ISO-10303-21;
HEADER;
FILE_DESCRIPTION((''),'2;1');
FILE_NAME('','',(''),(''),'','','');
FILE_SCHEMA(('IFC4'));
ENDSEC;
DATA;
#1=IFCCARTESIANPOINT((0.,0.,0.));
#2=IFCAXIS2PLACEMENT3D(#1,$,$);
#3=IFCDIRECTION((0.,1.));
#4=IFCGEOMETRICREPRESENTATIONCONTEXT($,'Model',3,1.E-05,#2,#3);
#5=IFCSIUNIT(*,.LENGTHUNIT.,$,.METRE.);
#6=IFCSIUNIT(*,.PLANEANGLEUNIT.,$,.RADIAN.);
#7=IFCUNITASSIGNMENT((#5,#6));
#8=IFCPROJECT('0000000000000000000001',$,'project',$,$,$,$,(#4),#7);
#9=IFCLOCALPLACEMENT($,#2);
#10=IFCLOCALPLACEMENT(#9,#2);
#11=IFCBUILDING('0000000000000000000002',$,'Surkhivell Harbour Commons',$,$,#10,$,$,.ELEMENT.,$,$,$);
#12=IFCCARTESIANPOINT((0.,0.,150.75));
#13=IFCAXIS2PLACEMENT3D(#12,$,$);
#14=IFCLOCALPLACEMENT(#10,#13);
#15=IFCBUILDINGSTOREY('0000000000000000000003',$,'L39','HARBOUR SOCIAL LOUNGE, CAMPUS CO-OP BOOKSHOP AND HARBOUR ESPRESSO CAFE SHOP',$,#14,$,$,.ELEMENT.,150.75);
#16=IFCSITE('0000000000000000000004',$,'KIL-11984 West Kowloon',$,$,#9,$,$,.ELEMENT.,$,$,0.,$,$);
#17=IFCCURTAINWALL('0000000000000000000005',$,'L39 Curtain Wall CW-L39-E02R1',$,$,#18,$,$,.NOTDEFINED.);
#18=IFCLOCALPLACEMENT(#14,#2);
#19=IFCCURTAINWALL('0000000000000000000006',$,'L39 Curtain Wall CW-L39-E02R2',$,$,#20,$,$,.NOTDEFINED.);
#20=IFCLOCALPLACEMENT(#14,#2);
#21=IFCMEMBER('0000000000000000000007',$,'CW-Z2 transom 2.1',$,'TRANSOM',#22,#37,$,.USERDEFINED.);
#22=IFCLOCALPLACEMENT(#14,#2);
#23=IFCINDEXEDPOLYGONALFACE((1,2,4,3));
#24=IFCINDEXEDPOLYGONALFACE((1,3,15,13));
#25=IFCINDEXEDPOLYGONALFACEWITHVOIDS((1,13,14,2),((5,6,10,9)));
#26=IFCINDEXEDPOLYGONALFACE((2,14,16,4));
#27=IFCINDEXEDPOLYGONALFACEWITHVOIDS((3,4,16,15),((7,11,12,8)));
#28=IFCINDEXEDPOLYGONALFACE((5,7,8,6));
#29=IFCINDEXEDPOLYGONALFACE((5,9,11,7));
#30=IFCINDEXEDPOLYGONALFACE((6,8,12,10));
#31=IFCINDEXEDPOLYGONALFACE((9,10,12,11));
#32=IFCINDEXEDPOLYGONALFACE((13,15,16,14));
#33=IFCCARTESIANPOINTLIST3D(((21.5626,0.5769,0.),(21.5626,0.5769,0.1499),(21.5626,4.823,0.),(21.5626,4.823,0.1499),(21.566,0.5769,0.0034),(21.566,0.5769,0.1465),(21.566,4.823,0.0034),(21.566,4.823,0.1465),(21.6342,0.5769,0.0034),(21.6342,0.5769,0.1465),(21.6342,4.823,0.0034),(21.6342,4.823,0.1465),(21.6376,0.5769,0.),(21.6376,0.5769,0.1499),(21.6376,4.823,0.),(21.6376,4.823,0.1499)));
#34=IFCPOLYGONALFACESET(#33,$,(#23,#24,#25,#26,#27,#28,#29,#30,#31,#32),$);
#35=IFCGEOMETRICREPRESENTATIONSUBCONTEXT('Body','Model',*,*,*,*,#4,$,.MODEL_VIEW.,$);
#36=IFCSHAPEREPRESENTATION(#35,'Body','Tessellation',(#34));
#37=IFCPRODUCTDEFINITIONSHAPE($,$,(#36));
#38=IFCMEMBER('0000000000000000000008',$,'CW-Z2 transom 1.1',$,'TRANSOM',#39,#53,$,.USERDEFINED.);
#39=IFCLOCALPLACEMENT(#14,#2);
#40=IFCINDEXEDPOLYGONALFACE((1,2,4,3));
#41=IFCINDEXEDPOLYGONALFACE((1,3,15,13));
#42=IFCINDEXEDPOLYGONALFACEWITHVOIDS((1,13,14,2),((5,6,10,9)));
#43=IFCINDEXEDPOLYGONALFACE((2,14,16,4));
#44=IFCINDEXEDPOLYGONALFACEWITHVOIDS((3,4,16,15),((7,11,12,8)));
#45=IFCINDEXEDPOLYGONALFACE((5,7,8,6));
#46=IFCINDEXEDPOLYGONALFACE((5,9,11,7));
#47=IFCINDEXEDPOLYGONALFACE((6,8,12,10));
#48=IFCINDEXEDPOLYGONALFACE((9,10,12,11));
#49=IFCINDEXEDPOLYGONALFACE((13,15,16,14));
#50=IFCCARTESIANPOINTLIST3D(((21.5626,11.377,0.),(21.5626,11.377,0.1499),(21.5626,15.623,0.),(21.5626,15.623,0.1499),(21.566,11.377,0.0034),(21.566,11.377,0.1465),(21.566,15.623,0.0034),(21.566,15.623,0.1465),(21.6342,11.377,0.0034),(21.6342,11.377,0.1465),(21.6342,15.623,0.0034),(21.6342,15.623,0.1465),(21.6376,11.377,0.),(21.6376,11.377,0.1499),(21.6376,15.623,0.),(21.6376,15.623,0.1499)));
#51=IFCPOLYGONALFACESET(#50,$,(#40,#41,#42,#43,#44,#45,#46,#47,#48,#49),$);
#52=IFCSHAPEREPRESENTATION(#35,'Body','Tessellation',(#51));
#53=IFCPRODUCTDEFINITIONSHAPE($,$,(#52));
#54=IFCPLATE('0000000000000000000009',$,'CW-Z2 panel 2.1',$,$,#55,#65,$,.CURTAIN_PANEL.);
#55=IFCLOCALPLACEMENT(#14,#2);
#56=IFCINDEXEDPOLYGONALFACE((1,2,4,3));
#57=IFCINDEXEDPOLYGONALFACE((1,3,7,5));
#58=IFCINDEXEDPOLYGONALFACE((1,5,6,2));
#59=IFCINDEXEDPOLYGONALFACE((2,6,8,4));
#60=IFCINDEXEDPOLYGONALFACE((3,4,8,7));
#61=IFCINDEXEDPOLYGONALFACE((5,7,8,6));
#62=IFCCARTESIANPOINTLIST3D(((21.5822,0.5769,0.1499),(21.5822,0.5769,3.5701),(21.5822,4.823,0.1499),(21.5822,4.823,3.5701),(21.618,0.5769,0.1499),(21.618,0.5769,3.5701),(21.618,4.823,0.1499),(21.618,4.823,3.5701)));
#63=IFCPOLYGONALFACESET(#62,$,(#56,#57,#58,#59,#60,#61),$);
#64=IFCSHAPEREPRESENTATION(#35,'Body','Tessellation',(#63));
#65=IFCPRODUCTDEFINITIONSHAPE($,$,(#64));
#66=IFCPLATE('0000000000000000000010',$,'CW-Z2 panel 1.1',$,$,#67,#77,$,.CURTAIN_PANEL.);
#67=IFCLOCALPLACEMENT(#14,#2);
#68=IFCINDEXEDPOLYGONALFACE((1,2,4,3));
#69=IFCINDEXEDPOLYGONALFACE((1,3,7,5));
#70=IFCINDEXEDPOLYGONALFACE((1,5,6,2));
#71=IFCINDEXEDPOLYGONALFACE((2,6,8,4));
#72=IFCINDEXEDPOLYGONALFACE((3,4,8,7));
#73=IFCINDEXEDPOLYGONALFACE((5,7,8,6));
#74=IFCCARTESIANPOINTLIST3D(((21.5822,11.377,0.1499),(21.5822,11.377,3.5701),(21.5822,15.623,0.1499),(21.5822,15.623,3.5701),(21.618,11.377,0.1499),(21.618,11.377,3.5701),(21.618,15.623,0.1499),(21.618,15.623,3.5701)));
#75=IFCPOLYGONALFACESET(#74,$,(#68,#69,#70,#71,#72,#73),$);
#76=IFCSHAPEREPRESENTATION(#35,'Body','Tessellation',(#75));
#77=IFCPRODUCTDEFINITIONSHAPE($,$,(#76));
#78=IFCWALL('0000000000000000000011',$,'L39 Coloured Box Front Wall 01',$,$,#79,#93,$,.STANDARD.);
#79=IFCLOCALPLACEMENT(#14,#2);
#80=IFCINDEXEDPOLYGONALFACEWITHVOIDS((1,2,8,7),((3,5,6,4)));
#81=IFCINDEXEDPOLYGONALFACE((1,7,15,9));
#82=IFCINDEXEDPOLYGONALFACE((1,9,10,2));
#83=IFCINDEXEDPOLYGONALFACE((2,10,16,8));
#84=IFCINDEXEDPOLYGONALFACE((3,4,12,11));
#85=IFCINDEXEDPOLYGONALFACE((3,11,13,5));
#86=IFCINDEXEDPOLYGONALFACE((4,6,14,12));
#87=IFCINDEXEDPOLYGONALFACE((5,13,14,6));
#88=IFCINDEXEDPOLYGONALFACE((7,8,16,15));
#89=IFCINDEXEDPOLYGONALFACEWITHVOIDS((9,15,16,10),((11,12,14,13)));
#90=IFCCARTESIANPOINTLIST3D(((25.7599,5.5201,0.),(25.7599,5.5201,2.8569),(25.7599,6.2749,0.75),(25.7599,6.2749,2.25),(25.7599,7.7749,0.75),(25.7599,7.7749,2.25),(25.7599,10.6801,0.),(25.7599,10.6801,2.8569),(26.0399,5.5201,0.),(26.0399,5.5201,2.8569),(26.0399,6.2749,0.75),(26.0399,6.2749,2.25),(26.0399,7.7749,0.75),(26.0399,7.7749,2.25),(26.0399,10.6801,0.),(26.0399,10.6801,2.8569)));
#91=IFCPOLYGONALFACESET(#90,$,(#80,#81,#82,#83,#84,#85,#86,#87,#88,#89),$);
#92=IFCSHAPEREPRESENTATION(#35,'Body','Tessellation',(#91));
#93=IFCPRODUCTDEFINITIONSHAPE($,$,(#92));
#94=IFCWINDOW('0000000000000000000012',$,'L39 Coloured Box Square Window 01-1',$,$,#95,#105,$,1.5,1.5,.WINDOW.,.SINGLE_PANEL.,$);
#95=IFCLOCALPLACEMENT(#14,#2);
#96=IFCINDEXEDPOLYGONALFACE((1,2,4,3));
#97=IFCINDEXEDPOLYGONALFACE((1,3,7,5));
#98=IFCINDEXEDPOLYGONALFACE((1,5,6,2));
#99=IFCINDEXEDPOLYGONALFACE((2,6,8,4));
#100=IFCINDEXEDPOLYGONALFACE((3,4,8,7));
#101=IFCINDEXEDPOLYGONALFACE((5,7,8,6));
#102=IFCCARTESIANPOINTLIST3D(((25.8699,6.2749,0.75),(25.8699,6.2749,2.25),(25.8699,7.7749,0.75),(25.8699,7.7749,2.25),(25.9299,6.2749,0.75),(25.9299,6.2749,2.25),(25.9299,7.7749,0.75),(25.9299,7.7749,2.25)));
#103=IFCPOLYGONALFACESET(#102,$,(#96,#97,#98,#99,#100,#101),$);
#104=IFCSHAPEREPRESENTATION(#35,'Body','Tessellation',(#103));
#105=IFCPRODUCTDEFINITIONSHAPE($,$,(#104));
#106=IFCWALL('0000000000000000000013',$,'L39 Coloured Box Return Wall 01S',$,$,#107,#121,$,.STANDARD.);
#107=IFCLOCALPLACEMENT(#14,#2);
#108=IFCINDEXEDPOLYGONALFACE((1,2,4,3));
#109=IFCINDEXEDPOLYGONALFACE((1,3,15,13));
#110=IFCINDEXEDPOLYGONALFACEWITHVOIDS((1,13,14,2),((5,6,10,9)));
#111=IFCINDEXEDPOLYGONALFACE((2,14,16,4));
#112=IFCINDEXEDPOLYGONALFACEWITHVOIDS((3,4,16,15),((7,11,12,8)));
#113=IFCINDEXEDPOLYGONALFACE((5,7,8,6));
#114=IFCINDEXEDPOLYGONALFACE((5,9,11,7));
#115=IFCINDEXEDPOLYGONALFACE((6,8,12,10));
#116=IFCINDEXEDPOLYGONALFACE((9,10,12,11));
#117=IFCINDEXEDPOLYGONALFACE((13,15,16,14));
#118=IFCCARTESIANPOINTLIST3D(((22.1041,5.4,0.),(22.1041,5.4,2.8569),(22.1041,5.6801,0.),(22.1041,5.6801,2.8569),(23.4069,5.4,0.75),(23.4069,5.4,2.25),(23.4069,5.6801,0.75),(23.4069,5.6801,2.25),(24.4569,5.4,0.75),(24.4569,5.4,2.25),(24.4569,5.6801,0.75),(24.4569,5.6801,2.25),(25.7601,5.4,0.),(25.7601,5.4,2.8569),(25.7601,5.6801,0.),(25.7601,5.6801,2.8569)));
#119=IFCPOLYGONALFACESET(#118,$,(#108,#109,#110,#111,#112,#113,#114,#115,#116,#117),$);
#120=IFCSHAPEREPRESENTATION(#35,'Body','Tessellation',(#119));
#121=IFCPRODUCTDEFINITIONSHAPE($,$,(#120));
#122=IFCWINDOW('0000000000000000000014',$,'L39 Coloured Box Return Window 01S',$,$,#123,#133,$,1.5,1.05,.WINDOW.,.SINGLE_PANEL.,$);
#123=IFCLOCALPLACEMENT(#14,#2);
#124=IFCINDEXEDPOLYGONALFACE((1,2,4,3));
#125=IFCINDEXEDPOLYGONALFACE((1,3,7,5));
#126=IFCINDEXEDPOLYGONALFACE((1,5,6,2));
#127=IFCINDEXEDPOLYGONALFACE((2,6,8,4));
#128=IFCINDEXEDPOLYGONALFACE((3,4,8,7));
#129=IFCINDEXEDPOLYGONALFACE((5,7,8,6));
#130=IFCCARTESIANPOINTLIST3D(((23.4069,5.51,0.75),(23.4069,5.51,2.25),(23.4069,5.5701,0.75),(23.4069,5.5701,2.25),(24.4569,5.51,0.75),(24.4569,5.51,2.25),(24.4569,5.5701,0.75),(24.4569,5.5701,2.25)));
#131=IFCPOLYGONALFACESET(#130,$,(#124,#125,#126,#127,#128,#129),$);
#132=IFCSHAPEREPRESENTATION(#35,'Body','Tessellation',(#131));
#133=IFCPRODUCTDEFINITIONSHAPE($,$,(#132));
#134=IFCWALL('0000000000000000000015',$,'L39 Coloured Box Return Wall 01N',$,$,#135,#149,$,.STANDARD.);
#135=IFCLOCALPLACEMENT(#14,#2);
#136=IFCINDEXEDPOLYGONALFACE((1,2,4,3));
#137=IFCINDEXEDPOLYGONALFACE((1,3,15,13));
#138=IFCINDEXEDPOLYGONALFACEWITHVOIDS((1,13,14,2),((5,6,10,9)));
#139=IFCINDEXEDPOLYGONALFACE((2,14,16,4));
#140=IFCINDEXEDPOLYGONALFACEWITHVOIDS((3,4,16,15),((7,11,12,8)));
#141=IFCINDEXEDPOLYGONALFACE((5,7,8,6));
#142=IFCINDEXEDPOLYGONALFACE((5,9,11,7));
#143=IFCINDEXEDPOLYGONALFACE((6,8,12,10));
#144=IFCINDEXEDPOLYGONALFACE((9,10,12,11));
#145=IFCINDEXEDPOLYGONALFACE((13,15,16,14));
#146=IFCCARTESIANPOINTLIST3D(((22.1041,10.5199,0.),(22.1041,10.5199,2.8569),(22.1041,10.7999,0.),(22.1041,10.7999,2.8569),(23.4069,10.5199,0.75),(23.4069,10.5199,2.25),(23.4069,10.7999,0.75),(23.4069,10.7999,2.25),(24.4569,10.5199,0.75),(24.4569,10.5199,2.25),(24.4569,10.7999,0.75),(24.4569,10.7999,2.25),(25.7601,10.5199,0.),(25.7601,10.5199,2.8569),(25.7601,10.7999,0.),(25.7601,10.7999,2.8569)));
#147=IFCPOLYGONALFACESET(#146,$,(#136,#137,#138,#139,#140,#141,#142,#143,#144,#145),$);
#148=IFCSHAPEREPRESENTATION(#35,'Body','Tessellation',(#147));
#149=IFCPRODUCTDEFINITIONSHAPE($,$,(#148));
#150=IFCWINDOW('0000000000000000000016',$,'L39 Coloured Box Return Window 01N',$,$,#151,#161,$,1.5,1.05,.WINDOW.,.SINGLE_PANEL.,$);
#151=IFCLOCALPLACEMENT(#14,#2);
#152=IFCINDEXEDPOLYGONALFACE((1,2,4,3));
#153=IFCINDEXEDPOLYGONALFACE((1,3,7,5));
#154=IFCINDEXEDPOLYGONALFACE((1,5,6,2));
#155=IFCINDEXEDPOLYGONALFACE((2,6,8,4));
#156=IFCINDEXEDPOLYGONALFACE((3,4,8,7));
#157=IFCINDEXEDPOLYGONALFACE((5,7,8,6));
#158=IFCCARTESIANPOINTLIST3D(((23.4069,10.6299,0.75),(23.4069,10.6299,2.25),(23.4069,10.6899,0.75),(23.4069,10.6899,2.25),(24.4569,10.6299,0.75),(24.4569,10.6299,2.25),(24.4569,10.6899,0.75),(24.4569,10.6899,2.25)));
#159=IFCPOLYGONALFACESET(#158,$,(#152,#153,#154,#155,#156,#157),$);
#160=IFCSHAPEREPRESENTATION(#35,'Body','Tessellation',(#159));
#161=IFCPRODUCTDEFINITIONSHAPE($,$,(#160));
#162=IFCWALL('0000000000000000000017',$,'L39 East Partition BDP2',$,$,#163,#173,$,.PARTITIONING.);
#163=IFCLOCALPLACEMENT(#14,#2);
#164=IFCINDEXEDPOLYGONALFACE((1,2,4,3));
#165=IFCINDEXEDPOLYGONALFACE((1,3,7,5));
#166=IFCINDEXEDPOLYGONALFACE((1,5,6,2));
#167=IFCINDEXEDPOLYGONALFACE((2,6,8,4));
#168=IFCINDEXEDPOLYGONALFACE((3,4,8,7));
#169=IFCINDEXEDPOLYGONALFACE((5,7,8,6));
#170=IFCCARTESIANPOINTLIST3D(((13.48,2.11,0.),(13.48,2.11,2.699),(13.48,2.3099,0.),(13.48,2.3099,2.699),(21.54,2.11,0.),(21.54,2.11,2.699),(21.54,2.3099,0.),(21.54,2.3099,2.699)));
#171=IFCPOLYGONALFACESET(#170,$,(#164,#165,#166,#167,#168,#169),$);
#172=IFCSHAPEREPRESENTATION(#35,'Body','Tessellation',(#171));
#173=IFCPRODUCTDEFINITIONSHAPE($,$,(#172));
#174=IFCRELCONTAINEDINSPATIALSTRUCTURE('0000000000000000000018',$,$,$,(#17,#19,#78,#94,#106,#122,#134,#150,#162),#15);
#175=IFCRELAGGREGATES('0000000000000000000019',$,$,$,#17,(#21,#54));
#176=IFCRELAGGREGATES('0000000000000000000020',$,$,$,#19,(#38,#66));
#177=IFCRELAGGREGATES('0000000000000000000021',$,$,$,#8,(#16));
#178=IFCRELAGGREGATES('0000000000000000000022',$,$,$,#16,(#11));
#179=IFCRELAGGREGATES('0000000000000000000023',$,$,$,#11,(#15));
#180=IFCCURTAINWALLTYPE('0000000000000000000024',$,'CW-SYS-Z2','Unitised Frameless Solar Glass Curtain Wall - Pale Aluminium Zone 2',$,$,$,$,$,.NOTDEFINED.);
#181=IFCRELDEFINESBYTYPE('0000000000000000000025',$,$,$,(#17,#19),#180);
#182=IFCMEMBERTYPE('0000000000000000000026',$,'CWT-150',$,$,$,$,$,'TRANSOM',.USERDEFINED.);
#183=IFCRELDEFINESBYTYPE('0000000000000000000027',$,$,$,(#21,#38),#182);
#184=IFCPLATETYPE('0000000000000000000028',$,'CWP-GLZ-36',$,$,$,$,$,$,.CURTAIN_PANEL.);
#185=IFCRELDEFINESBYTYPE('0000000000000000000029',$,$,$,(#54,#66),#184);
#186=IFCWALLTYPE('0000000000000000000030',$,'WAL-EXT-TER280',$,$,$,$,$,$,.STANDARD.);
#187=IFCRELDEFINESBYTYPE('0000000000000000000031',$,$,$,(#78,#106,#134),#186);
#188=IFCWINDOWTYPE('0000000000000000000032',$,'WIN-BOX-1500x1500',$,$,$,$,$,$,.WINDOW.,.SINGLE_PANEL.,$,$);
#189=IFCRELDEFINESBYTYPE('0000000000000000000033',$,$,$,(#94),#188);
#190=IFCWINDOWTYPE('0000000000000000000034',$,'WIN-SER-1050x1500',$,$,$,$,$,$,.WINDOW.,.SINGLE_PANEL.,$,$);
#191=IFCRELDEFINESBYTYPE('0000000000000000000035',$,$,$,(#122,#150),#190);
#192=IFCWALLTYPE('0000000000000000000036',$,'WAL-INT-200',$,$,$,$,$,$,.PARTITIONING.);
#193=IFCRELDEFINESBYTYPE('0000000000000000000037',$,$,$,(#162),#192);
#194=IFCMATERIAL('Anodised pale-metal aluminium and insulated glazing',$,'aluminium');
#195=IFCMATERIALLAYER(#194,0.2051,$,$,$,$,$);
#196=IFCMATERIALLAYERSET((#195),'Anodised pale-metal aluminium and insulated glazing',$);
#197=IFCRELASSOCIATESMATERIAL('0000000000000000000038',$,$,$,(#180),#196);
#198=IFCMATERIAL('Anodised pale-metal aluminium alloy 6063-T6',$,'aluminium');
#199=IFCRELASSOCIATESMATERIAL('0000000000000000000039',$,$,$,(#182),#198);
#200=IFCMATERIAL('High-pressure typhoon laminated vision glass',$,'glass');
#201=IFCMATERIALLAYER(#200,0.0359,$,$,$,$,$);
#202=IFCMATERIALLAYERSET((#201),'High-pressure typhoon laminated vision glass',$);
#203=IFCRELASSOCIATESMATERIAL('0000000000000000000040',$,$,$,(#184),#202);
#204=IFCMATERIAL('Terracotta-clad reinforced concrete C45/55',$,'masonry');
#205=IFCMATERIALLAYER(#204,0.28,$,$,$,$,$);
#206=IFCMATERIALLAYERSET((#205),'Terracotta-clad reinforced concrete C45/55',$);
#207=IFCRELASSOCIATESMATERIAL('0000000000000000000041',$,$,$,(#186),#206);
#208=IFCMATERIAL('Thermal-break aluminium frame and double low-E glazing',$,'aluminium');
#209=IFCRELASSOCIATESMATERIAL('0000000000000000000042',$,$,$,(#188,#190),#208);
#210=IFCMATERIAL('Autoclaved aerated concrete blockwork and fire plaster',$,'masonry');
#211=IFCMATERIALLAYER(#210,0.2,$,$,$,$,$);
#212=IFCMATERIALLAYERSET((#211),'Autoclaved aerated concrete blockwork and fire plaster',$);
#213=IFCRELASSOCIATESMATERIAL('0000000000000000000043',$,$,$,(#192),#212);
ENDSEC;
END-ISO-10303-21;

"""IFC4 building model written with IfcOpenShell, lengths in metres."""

from ifc_helpers import new_model, si_unit, direction, frame, frame_2d, origin, origin_2d, place, context, subcontext, project, spatial, rectangle, hollow_rectangle, extrude, material, layer, layer_set, material_profile, profile_set, type_object, element, fill, aggregate, save


model = new_model("IFC4")

# Units and contexts
model_context = context("Model", 3, precision=1e-05, world=origin(), true_north=direction((0.0, 1.0)))
body_context = subcontext(model_context, "Body", "Model", "MODEL_VIEW")
ifc_project = project(units=[si_unit("LENGTHUNIT", "METRE"), si_unit("PLANEANGLEUNIT", "RADIAN")], contexts=[model_context])

# Site, building, storey
site_placement = place(None, origin())
site = spatial("IfcSite", under=ifc_project, at=site_placement, Name="KIL-11984 West Kowloon", CompositionType="ELEMENT", RefElevation=0.0)
building_placement = place(site_placement, origin())
building = spatial("IfcBuilding", under=site, at=building_placement, Name="Surkhivell Harbour Commons", CompositionType="ELEMENT")
storey_placement = place(building_placement, frame((0.0, 0.0, 150.75)))
storey = spatial("IfcBuildingStorey", under=building, at=storey_placement, Name="L39", Description="HARBOUR SOCIAL LOUNGE, CAMPUS CO-OP BOOKSHOP AND HARBOUR ESPRESSO CAFE SHOP", CompositionType="ELEMENT", Elevation=150.75)

# Curtain walls
ifc_material_1 = material(Name="Anodised pale-metal aluminium and insulated glazing", Category="aluminium")
ifc_layer_1 = layer(ifc_material_1, 0.2051)
ifc_layer_set_1 = layer_set([ifc_layer_1], Name="Anodised pale-metal aluminium and insulated glazing")
curtain_wall_type = type_object("IfcCurtainWallType", Name="CW-SYS-Z2", Description="Unitised Frameless Solar Glass Curtain Wall - Pale Aluminium Zone 2", PredefinedType="NOTDEFINED", material=ifc_layer_set_1)
curtain_wall_1_placement = place(storey_placement, origin())
curtain_wall_1 = element("IfcCurtainWall", 1, at=curtain_wall_1_placement, inside=storey, type_object=curtain_wall_type, Name="L39 Curtain Wall CW-L39-E02R1", PredefinedType="NOTDEFINED")
ifc_material_2 = material(Name="Anodised pale-metal aluminium alloy 6063-T6", Category="aluminium")
curtain_wall_2_placement = place(storey_placement, origin())
curtain_wall_2 = element("IfcCurtainWall", 2, at=curtain_wall_2_placement, inside=storey, type_object=curtain_wall_type, Name="L39 Curtain Wall CW-L39-E02R2", PredefinedType="NOTDEFINED")

# Members
ifc_material_profile_1 = material_profile(ifc_material_2, hollow_rectangle(XDim=0.075, YDim=0.1499, WallThickness=0.0034, at=origin_2d()), Name="ALU-TRAN-75x150")
ifc_profile_set_1 = profile_set([ifc_material_profile_1], Name="Anodised pale-metal aluminium alloy 6063-T6")
member_type_1 = type_object("IfcMemberType", Name="CWT-150", ElementType="TRANSOM", PredefinedType="USERDEFINED", material=ifc_profile_set_1)
member_1_placement = place(storey_placement, frame((21.6001, 0.5769, 0.075), z_axis=(0.0, 1.0, 0.0), x_axis=(-1.0, 0.0, 0.0)))
member_1 = element("IfcMember", 3, at=member_1_placement, type_object=member_type_1, Name="CW-Z2 transom 2.1", ObjectType="TRANSOM", PredefinedType="USERDEFINED", context=body_context, shape_type="SweptSolid", body=[
    extrude(hollow_rectangle(XDim=0.075, YDim=0.1499, WallThickness=0.0034, at=origin_2d()), origin(), (0.0, 0.0, 1.0), 4.2461),
])
member_2_placement = place(storey_placement, frame((21.6001, 11.377, 0.075), z_axis=(0.0, 1.0, 0.0), x_axis=(-1.0, 0.0, 0.0)))
member_2 = element("IfcMember", 4, at=member_2_placement, type_object=member_type_1, Name="CW-Z2 transom 1.1", ObjectType="TRANSOM", PredefinedType="USERDEFINED", context=body_context, shape_type="SweptSolid", body=[
    extrude(hollow_rectangle(XDim=0.075, YDim=0.1499, WallThickness=0.0034, at=origin_2d()), origin(), (0.0, 0.0, 1.0), 4.2461),
])

# Plates
ifc_material_3 = material(Name="High-pressure typhoon laminated vision glass", Category="glass")
ifc_layer_2 = layer(ifc_material_3, 0.0359)
ifc_layer_set_2 = layer_set([ifc_layer_2], Name="High-pressure typhoon laminated vision glass")
plate_type = type_object("IfcPlateType", Name="CWP-GLZ-36", PredefinedType="CURTAIN_PANEL", material=ifc_layer_set_2)
plate_1_placement = place(storey_placement, frame((21.6001, 0.5769, 0.1499), z_axis=(0.0, 0.0, 1.0), x_axis=(0.0, 1.0, 0.0)))
plate_1 = element("IfcPlate", 5, at=plate_1_placement, type_object=plate_type, Name="CW-Z2 panel 2.1", PredefinedType="CURTAIN_PANEL", context=body_context, shape_type="SweptSolid", body=[
    extrude(rectangle(XDim=4.2461, YDim=0.0359, at=frame_2d((2.123, 0.0))), origin(), (0.0, 0.0, 1.0), 3.4202),
])
aggregate(curtain_wall_1, [member_1, plate_1])
plate_2_placement = place(storey_placement, frame((21.6001, 11.377, 0.1499), z_axis=(0.0, 0.0, 1.0), x_axis=(0.0, 1.0, 0.0)))
plate_2 = element("IfcPlate", 6, at=plate_2_placement, type_object=plate_type, Name="CW-Z2 panel 1.1", PredefinedType="CURTAIN_PANEL", context=body_context, shape_type="SweptSolid", body=[
    extrude(rectangle(XDim=4.2461, YDim=0.0359, at=frame_2d((2.123, 0.0))), origin(), (0.0, 0.0, 1.0), 3.4202),
])
aggregate(curtain_wall_2, [member_2, plate_2])

# Walls, openings, windows
ifc_material_4 = material(Name="Terracotta-clad reinforced concrete C45/55", Category="masonry")
ifc_layer_3 = layer(ifc_material_4, 0.28)
ifc_layer_set_3 = layer_set([ifc_layer_3], Name="Terracotta-clad reinforced concrete C45/55")
wall_type_1 = type_object("IfcWallType", Name="WAL-EXT-TER280", PredefinedType="STANDARD", material=ifc_layer_set_3)
wall_1_placement = place(storey_placement, frame((25.8999, 5.52, 0.0), z_axis=(0.0, 0.0, 1.0), x_axis=(0.0, 1.0, 0.0)))
wall_1 = element("IfcWall", 7, at=wall_1_placement, inside=storey, type_object=wall_type_1, Name="L39 Coloured Box Front Wall 01", PredefinedType="STANDARD", context=body_context, shape_type="SweptSolid", body=[
    extrude(rectangle(XDim=5.1599, YDim=0.28, at=frame_2d((2.5801, 0.0))), origin(), (0.0, 0.0, 1.0), 2.8569),
])
opening_1_placement = place(wall_1_placement, frame((0.7549, 0.0, 0.75)))
opening_1 = element("IfcOpeningElement", 8, at=opening_1_placement, cuts=wall_1, PredefinedType="OPENING", context=body_context, shape_type="SweptSolid", body=[
    extrude(rectangle(XDim=1.5, YDim=1.5, at=frame_2d((0.75, 0.75))), frame((0.0, 0.1499, 0.0), z_axis=(0.0, -1.0, 0.0), x_axis=(1.0, 0.0, 0.0)), (0.0, 0.0, 1.0), 0.3),
])
ifc_material_5 = material(Name="Thermal-break aluminium frame and double low-E glazing", Category="aluminium")
window_type_1 = type_object("IfcWindowType", Name="WIN-BOX-1500x1500", PartitioningType="SINGLE_PANEL", PredefinedType="WINDOW", material=ifc_material_5)
window_1_placement = place(opening_1_placement, origin())
window_1 = element("IfcWindow", 9, at=window_1_placement, inside=storey, type_object=window_type_1, Name="L39 Coloured Box Square Window 01-1", OverallHeight=1.5, OverallWidth=1.5, PartitioningType="SINGLE_PANEL", PredefinedType="WINDOW", context=body_context, shape_type="SweptSolid", body=[
    extrude(rectangle(XDim=1.5, YDim=1.5, at=frame_2d((0.75, 0.75))), frame((0.0, 0.03, 0.0), z_axis=(0.0, -1.0, 0.0), x_axis=(1.0, 0.0, 0.0)), (0.0, 0.0, 1.0), 0.0601),
])
fill(opening_1, window_1)
wall_2_placement = place(storey_placement, frame((22.104, 5.54, 0.0), z_axis=(0.0, 0.0, 1.0), x_axis=(1.0, 0.0, 0.0)))
wall_2 = element("IfcWall", 10, at=wall_2_placement, inside=storey, type_object=wall_type_1, Name="L39 Coloured Box Return Wall 01S", PredefinedType="STANDARD", context=body_context, shape_type="SweptSolid", body=[
    extrude(rectangle(XDim=3.656, YDim=0.28, at=frame_2d((1.8281, 0.0))), origin(), (0.0, 0.0, 1.0), 2.8569),
])
opening_2_placement = place(wall_2_placement, frame((1.303, 0.0, 0.75)))
opening_2 = element("IfcOpeningElement", 11, at=opening_2_placement, cuts=wall_2, PredefinedType="OPENING", context=body_context, shape_type="SweptSolid", body=[
    extrude(rectangle(XDim=1.05, YDim=1.5, at=frame_2d((0.5249, 0.75))), frame((0.0, 0.1499, 0.0), z_axis=(0.0, -1.0, 0.0), x_axis=(1.0, 0.0, 0.0)), (0.0, 0.0, 1.0), 0.3),
])
window_type_2 = type_object("IfcWindowType", Name="WIN-SER-1050x1500", PartitioningType="SINGLE_PANEL", PredefinedType="WINDOW", material=ifc_material_5)
window_2_placement = place(opening_2_placement, origin())
window_2 = element("IfcWindow", 12, at=window_2_placement, inside=storey, type_object=window_type_2, Name="L39 Coloured Box Return Window 01S", OverallHeight=1.5, OverallWidth=1.05, PartitioningType="SINGLE_PANEL", PredefinedType="WINDOW", context=body_context, shape_type="SweptSolid", body=[
    extrude(rectangle(XDim=1.05, YDim=1.5, at=frame_2d((0.5249, 0.75))), frame((0.0, 0.03, 0.0), z_axis=(0.0, -1.0, 0.0), x_axis=(1.0, 0.0, 0.0)), (0.0, 0.0, 1.0), 0.0601),
])
fill(opening_2, window_2)
wall_3_placement = place(storey_placement, frame((22.104, 10.6599, 0.0), z_axis=(0.0, 0.0, 1.0), x_axis=(1.0, 0.0, 0.0)))
wall_3 = element("IfcWall", 13, at=wall_3_placement, inside=storey, type_object=wall_type_1, Name="L39 Coloured Box Return Wall 01N", PredefinedType="STANDARD", context=body_context, shape_type="SweptSolid", body=[
    extrude(rectangle(XDim=3.656, YDim=0.28, at=frame_2d((1.8281, 0.0))), origin(), (0.0, 0.0, 1.0), 2.8569),
])
opening_3_placement = place(wall_3_placement, frame((1.303, 0.0, 0.75)))
opening_3 = element("IfcOpeningElement", 14, at=opening_3_placement, cuts=wall_3, PredefinedType="OPENING", context=body_context, shape_type="SweptSolid", body=[
    extrude(rectangle(XDim=1.05, YDim=1.5, at=frame_2d((0.5249, 0.75))), frame((0.0, 0.1499, 0.0), z_axis=(0.0, -1.0, 0.0), x_axis=(1.0, 0.0, 0.0)), (0.0, 0.0, 1.0), 0.3),
])
window_3_placement = place(opening_3_placement, origin())
window_3 = element("IfcWindow", 15, at=window_3_placement, inside=storey, type_object=window_type_2, Name="L39 Coloured Box Return Window 01N", OverallHeight=1.5, OverallWidth=1.05, PartitioningType="SINGLE_PANEL", PredefinedType="WINDOW", context=body_context, shape_type="SweptSolid", body=[
    extrude(rectangle(XDim=1.05, YDim=1.5, at=frame_2d((0.5249, 0.75))), frame((0.0, 0.03, 0.0), z_axis=(0.0, -1.0, 0.0), x_axis=(1.0, 0.0, 0.0)), (0.0, 0.0, 1.0), 0.0601),
])
fill(opening_3, window_3)

# Wall
ifc_material_6 = material(Name="Autoclaved aerated concrete blockwork and fire plaster", Category="masonry")
ifc_layer_4 = layer(ifc_material_6, 0.2)
ifc_layer_set_4 = layer_set([ifc_layer_4], Name="Autoclaved aerated concrete blockwork and fire plaster")
wall_type_2 = type_object("IfcWallType", Name="WAL-INT-200", PredefinedType="PARTITIONING", material=ifc_layer_set_4)
wall_4_placement = place(storey_placement, frame((13.48, 2.21, 0.0), z_axis=(0.0, 0.0, 1.0), x_axis=(1.0, 0.0, 0.0)))
element("IfcWall", 16, at=wall_4_placement, inside=storey, type_object=wall_type_2, Name="L39 East Partition BDP2", PredefinedType="PARTITIONING", context=body_context, shape_type="SweptSolid", body=[
    extrude(rectangle(XDim=8.0601, YDim=0.2, at=frame_2d((4.03, 0.0))), origin(), (0.0, 0.0, 1.0), 2.699),
])

save(model, "model.ifc")
